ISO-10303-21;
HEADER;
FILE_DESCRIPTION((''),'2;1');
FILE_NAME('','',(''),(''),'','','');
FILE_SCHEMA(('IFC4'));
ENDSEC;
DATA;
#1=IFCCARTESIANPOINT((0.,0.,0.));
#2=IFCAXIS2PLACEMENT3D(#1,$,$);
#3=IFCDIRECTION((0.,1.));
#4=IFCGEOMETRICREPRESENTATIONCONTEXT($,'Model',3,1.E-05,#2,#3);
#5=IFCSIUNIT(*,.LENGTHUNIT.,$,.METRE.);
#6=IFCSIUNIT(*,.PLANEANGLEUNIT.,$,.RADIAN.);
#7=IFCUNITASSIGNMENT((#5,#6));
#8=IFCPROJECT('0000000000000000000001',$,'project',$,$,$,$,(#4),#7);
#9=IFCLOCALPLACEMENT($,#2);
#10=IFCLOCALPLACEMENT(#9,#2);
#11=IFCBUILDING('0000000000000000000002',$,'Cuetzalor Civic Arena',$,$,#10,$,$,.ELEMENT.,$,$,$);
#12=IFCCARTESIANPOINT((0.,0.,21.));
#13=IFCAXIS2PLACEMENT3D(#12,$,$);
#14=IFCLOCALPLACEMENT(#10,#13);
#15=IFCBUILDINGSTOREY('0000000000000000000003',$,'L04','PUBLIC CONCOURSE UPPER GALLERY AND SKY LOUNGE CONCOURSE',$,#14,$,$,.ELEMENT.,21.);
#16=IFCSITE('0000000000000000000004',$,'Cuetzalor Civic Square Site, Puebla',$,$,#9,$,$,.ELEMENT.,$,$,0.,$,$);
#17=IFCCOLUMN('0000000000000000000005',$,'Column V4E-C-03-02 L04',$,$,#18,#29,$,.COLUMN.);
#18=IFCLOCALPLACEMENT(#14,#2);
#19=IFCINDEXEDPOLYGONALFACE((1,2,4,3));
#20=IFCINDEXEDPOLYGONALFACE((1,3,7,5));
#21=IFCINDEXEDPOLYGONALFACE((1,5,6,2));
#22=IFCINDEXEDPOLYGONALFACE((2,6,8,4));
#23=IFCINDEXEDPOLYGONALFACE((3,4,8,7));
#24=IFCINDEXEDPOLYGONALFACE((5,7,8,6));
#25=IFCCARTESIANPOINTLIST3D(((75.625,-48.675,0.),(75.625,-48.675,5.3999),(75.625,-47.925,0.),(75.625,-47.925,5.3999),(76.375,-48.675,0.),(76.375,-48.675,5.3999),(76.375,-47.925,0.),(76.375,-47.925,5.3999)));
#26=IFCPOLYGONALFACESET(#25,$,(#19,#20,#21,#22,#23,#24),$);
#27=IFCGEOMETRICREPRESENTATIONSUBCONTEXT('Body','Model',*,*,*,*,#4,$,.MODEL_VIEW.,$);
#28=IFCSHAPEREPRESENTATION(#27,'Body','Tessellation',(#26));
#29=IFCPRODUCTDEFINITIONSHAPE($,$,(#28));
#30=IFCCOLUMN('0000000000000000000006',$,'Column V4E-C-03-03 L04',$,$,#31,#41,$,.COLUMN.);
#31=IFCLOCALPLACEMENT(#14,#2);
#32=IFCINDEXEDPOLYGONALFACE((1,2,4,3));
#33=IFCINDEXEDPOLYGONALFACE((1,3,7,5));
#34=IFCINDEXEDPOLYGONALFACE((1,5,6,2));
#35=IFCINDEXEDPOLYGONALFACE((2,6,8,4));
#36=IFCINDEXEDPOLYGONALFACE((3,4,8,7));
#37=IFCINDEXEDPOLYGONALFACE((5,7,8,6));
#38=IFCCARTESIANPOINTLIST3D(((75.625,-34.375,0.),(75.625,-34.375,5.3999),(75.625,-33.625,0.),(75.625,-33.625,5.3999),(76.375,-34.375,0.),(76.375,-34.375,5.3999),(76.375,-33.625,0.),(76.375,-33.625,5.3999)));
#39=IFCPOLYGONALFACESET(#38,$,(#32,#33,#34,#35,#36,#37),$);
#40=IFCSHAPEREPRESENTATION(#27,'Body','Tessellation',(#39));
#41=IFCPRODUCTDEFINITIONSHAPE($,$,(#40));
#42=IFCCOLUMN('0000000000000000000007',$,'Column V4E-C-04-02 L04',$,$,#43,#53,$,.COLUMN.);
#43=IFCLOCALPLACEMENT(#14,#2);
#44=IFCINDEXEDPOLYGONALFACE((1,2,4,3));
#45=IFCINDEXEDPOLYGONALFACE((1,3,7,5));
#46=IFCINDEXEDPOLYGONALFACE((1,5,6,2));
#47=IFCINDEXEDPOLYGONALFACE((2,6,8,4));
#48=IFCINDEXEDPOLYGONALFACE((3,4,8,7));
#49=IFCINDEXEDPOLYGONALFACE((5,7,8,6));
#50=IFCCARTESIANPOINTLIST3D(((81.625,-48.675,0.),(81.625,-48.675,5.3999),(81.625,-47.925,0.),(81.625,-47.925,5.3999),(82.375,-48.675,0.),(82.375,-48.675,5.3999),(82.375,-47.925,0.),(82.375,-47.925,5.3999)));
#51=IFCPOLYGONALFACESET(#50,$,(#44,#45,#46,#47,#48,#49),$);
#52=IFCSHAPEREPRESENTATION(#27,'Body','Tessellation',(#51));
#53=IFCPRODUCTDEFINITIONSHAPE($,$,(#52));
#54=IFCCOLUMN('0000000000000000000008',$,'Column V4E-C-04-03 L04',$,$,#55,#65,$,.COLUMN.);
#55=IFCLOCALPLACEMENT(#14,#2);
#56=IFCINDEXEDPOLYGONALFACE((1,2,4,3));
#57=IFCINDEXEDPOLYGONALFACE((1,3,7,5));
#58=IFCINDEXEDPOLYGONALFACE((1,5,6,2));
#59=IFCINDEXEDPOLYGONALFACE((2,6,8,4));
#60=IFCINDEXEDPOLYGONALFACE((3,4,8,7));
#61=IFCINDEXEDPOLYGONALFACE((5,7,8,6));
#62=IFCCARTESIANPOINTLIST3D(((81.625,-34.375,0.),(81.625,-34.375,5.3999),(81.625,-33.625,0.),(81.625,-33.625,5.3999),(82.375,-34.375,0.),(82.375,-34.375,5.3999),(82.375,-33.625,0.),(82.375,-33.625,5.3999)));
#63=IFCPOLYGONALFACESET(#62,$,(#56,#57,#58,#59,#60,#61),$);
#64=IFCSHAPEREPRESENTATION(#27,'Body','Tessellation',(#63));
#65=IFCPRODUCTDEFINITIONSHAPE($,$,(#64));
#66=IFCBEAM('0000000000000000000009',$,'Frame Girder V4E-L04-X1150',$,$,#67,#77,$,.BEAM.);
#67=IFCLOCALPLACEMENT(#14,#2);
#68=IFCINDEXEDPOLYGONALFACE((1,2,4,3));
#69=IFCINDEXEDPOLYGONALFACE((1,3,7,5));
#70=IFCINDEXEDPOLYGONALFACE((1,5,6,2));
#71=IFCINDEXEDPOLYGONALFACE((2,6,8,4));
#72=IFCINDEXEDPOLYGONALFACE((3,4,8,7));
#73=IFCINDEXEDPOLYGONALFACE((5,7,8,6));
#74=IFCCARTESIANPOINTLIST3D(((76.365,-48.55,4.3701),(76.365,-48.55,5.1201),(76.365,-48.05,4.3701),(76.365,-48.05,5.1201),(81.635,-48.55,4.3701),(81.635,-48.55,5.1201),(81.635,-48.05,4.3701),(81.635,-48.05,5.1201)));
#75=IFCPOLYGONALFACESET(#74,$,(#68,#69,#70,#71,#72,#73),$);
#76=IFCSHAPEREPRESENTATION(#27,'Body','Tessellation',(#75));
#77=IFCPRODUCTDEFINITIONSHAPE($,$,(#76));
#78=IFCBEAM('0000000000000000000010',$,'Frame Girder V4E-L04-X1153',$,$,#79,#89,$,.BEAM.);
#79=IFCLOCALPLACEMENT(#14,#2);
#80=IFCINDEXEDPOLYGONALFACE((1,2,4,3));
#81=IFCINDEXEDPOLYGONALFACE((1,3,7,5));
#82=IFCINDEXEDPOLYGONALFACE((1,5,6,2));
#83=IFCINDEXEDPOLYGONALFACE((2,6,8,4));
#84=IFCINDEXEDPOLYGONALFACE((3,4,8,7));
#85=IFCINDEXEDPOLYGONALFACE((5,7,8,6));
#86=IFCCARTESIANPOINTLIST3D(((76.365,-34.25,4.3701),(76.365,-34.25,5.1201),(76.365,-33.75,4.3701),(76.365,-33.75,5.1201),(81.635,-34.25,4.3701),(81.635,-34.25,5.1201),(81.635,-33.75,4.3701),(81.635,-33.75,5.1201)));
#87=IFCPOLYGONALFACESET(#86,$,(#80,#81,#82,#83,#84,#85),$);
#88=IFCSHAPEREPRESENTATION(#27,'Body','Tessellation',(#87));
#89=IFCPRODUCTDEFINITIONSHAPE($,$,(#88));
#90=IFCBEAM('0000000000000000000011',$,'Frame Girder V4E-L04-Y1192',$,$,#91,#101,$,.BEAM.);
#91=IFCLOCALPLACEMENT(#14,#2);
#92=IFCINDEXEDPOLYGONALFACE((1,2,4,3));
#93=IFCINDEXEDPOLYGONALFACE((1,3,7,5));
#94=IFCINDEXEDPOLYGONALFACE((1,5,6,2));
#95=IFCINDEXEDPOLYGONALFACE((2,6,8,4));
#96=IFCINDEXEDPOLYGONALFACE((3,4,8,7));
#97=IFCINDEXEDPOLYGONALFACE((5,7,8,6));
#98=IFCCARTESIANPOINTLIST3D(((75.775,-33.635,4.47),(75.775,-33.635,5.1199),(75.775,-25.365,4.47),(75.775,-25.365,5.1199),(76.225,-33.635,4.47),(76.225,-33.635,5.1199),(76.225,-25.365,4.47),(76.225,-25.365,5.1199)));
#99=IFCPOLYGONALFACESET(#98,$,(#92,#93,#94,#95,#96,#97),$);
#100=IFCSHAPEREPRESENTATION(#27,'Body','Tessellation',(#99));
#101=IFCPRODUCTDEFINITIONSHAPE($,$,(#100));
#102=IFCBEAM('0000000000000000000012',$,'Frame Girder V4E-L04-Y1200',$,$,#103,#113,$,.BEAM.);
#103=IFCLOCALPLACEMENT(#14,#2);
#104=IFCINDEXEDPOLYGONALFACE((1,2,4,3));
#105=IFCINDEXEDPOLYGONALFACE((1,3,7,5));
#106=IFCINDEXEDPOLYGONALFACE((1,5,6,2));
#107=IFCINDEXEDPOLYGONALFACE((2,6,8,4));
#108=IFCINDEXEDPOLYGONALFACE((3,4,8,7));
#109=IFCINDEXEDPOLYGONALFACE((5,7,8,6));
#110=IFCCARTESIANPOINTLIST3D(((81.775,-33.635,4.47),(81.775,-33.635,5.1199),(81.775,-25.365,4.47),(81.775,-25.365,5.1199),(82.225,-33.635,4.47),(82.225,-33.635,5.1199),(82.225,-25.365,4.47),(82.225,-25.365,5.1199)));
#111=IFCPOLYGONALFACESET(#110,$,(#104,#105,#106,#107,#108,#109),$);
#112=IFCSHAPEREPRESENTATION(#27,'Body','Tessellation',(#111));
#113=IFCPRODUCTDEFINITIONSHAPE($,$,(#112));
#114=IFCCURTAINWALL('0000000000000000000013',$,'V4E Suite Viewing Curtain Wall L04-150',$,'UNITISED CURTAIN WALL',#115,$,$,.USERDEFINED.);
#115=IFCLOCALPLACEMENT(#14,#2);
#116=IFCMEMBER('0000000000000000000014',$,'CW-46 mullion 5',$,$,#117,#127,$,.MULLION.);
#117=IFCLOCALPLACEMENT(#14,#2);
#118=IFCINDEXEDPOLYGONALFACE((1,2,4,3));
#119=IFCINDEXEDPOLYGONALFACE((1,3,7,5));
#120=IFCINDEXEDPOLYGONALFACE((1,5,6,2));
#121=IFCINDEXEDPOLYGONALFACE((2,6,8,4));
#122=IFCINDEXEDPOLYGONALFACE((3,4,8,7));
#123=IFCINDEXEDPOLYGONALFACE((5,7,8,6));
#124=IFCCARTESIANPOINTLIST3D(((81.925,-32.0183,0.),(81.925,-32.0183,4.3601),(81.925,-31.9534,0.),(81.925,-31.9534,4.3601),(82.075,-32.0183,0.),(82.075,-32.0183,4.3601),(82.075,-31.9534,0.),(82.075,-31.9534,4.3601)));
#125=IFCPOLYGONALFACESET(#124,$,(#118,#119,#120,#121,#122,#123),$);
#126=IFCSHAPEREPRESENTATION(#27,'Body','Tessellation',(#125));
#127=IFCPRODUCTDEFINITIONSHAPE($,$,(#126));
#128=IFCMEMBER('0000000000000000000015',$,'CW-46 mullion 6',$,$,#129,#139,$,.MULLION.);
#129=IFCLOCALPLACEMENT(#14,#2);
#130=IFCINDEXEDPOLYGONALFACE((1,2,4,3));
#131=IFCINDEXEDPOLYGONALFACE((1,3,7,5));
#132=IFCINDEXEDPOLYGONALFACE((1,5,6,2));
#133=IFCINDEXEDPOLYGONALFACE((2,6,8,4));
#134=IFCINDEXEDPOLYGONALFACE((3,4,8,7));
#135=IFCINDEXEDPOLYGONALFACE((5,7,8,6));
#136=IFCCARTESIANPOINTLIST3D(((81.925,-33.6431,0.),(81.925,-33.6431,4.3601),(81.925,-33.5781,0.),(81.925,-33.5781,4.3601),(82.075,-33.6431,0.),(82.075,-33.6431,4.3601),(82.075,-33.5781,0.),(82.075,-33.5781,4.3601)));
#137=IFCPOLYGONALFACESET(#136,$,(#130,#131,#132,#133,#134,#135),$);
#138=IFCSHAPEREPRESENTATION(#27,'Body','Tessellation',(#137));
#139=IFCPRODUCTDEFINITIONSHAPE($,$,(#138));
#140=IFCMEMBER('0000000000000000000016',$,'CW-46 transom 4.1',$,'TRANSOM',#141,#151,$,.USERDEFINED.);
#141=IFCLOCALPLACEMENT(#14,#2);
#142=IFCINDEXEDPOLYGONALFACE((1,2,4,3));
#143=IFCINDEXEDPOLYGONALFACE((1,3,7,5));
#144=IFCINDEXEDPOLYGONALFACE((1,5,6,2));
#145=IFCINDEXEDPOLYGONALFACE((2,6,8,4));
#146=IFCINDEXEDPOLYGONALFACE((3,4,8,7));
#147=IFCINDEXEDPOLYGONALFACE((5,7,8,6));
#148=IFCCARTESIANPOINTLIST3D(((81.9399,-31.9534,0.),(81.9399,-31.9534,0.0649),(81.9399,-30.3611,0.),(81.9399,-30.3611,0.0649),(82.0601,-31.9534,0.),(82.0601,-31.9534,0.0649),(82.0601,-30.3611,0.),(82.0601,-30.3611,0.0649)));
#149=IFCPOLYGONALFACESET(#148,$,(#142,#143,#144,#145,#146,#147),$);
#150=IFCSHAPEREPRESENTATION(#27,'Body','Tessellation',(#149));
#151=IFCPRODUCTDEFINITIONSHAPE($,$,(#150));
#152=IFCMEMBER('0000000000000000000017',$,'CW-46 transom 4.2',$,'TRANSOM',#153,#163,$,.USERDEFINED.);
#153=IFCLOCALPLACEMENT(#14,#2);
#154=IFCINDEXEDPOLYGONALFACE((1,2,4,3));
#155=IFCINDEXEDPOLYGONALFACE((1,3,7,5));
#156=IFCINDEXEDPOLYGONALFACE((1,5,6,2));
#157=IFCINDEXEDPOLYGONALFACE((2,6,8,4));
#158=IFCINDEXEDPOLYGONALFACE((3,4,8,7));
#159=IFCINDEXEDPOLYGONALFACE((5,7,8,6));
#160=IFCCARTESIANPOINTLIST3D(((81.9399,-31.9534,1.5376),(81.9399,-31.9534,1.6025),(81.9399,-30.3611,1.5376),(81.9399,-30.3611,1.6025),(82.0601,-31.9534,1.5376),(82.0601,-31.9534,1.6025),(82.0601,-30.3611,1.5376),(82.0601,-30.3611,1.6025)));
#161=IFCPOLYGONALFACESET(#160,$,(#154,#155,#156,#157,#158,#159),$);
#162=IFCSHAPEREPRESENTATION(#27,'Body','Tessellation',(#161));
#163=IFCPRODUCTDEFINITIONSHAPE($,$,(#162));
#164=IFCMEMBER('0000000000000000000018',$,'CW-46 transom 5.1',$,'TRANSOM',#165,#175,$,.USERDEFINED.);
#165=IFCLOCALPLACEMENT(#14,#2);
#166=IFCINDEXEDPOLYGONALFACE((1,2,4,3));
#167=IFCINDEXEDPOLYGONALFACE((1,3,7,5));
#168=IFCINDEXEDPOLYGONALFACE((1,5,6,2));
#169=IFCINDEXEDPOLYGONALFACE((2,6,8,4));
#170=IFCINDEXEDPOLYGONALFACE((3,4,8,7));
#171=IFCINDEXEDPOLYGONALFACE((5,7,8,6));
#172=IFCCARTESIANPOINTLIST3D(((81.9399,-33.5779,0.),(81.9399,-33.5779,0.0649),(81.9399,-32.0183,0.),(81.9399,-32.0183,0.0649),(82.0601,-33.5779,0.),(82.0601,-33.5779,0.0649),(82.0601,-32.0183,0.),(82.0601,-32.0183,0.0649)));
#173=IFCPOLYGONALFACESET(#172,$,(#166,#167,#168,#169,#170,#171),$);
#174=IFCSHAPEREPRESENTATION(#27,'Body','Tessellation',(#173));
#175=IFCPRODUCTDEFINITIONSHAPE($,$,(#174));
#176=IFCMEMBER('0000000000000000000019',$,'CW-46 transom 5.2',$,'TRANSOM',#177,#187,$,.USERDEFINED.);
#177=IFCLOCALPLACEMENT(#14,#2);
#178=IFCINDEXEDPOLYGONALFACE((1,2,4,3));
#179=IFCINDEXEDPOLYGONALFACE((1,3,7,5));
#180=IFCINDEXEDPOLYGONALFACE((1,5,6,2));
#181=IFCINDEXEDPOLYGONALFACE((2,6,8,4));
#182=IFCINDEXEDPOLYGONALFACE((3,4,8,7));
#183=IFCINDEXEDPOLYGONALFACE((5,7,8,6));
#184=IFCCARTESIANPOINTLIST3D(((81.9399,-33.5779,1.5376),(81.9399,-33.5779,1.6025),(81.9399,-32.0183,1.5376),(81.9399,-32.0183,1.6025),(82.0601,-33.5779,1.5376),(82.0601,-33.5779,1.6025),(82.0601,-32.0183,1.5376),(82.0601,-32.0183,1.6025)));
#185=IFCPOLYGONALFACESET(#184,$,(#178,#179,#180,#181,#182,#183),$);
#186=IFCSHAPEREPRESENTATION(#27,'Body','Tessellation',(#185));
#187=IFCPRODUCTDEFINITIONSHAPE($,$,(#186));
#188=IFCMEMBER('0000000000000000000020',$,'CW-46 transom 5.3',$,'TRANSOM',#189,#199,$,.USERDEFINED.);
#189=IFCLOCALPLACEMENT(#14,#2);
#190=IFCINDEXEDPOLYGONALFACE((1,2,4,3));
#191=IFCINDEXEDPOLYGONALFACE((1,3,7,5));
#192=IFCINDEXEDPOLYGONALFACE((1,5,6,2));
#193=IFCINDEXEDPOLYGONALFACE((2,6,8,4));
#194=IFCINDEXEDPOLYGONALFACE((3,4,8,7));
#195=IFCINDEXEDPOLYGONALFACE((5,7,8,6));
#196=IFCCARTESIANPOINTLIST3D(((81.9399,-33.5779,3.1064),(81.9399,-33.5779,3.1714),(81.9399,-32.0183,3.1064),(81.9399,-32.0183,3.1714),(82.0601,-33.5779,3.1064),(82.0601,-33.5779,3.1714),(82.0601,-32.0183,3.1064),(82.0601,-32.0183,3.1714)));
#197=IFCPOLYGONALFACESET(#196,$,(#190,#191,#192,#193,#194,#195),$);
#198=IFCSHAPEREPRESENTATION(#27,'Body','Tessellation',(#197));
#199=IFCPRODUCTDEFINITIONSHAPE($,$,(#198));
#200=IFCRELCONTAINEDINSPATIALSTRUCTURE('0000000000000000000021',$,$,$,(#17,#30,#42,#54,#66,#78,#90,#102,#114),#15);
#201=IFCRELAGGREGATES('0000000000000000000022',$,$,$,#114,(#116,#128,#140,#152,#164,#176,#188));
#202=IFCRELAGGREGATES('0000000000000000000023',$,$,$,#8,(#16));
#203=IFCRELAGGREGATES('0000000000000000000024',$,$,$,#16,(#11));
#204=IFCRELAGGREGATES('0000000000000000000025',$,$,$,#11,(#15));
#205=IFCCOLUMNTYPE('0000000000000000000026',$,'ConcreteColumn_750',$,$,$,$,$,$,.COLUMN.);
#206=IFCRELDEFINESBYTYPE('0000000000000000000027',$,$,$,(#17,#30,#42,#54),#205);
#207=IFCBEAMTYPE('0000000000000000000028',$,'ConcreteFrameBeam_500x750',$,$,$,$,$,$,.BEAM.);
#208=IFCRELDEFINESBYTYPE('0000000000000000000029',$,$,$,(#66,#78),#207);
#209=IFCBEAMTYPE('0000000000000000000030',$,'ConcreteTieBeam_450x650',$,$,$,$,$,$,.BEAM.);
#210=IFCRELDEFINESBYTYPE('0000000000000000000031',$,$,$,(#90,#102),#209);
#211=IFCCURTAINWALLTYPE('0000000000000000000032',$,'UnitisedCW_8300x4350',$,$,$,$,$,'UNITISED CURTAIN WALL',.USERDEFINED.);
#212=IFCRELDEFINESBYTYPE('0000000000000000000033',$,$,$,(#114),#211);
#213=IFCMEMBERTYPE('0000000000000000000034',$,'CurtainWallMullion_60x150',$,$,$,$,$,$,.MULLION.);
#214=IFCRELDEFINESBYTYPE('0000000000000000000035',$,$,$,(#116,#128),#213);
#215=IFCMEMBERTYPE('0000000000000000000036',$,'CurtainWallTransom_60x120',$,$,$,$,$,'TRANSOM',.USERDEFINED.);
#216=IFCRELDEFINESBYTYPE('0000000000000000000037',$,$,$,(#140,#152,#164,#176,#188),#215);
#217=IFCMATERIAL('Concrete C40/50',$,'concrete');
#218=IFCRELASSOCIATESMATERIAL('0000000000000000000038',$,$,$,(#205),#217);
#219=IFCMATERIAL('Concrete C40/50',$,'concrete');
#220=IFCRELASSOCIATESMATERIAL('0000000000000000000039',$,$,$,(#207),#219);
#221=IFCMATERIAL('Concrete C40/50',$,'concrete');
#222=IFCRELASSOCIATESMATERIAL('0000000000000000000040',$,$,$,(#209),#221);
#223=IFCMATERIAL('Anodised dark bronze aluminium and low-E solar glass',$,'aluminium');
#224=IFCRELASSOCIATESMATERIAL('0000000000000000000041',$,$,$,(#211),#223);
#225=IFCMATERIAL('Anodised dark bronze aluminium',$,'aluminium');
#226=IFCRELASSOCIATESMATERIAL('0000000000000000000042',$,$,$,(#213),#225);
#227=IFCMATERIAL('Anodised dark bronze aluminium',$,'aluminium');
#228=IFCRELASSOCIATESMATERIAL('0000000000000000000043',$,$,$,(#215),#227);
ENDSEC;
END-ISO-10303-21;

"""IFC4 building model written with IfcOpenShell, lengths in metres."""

from ifc_helpers import new_model, si_unit, direction, frame, origin, origin_2d, place, context, subcontext, project, spatial, rectangle, extrude, material, material_profile, profile_set, type_object, element, aggregate, save


model = new_model("IFC4")

# Units and contexts
model_context = context("Model", 3, precision=1e-05, world=origin(), true_north=direction((0.0, 1.0)))
body_context = subcontext(model_context, "Body", "Model", "MODEL_VIEW")
ifc_project = project(units=[si_unit("LENGTHUNIT", "METRE"), si_unit("PLANEANGLEUNIT", "RADIAN")], contexts=[model_context])

# Site, building, storey
site_placement = place(None, origin())
site = spatial("IfcSite", under=ifc_project, at=site_placement, Name="Cuetzalor Civic Square Site, Puebla", CompositionType="ELEMENT", RefElevation=0.0)
building_placement = place(site_placement, origin())
building = spatial("IfcBuilding", under=site, at=building_placement, Name="Cuetzalor Civic Arena", CompositionType="ELEMENT")
storey_placement = place(building_placement, frame((0.0, 0.0, 21.0)))
storey = spatial("IfcBuildingStorey", under=building, at=storey_placement, Name="L04", Description="PUBLIC CONCOURSE UPPER GALLERY AND SKY LOUNGE CONCOURSE", CompositionType="ELEMENT", Elevation=21.0)

# Columns
ifc_material_1 = material(Name="Concrete C40/50", Category="concrete")
ifc_material_profile_1 = material_profile(ifc_material_1, rectangle(XDim=0.75, YDim=0.75, at=origin_2d()), Name="RC 750x750")
ifc_profile_set_1 = profile_set([ifc_material_profile_1], Name="Concrete C40/50")
column_type = type_object("IfcColumnType", Name="ConcreteColumn_750", PredefinedType="COLUMN", material=ifc_profile_set_1)
for number, where, z_axis, x_axis, name in (
    (1, (76.0, -48.3, 0.0), (0.0, 0.0, 1.0), (1.0, 0.0, 0.0), "Column V4E-C-03-02 L04"),
    (2, (76.0, -34.0, 0.0), (0.0, 0.0, 1.0), (1.0, 0.0, 0.0), "Column V4E-C-03-03 L04"),
    (3, (82.0, -48.3, 0.0), (0.0, 0.0, 1.0), (1.0, 0.0, 0.0), "Column V4E-C-04-02 L04"),
    (4, (82.0, -34.0, 0.0), (0.0, 0.0, 1.0), (1.0, 0.0, 0.0), "Column V4E-C-04-03 L04"),
):
    element("IfcColumn", number, at=place(storey_placement, frame(where, z_axis=z_axis, x_axis=x_axis)), inside=storey, type_object=column_type, Name=name, PredefinedType="COLUMN", context=body_context, shape_type="SweptSolid", body=[
        extrude(rectangle(XDim=0.75, YDim=0.75, at=origin_2d()), origin(), (0.0, 0.0, 1.0), 5.3999),
    ])

# Beams
ifc_material_2 = material(Name="Concrete C40/50", Category="concrete")
ifc_material_profile_2 = material_profile(ifc_material_2, rectangle(XDim=0.5, YDim=0.75, at=origin_2d()), Name="RC 500x750")
ifc_profile_set_2 = profile_set([ifc_material_profile_2], Name="Concrete C40/50")
beam_type_1 = type_object("IfcBeamType", Name="ConcreteFrameBeam_500x750", PredefinedType="BEAM", material=ifc_profile_set_2)
for number, where, z_axis, x_axis, name in (
    (5, (76.365, -48.3, 4.7451), (1.0, 0.0, 0.0), (0.0, 1.0, 0.0), "Frame Girder V4E-L04-X1150"),
    (6, (76.365, -34.0, 4.7451), (1.0, 0.0, 0.0), (0.0, 1.0, 0.0), "Frame Girder V4E-L04-X1153"),
):
    element("IfcBeam", number, at=place(storey_placement, frame(where, z_axis=z_axis, x_axis=x_axis)), inside=storey, type_object=beam_type_1, Name=name, PredefinedType="BEAM", context=body_context, shape_type="SweptSolid", body=[
        extrude(rectangle(XDim=0.5, YDim=0.75, at=origin_2d()), origin(), (0.0, 0.0, 1.0), 5.27),
    ])
ifc_material_3 = material(Name="Concrete C40/50", Category="concrete")
ifc_material_profile_3 = material_profile(ifc_material_3, rectangle(XDim=0.45, YDim=0.6499, at=origin_2d()), Name="RC 450x650")
ifc_profile_set_3 = profile_set([ifc_material_profile_3], Name="Concrete C40/50")
beam_type_2 = type_object("IfcBeamType", Name="ConcreteTieBeam_450x650", PredefinedType="BEAM", material=ifc_profile_set_3)
for number, where, z_axis, x_axis, name in (
    (7, (76.0, -33.635, 4.7949), (0.0, 1.0, 0.0), (-1.0, 0.0, 0.0), "Frame Girder V4E-L04-Y1192"),
    (8, (82.0, -33.635, 4.7949), (0.0, 1.0, 0.0), (-1.0, 0.0, 0.0), "Frame Girder V4E-L04-Y1200"),
):
    element("IfcBeam", number, at=place(storey_placement, frame(where, z_axis=z_axis, x_axis=x_axis)), inside=storey, type_object=beam_type_2, Name=name, PredefinedType="BEAM", context=body_context, shape_type="SweptSolid", body=[
        extrude(rectangle(XDim=0.45, YDim=0.6499, at=origin_2d()), origin(), (0.0, 0.0, 1.0), 8.27),
    ])

# Curtain wall, members
ifc_material_4 = material(Name="Anodised dark bronze aluminium and low-E solar glass", Category="aluminium")
curtain_wall_type = type_object("IfcCurtainWallType", Name="UnitisedCW_8300x4350", ElementType="UNITISED CURTAIN WALL", PredefinedType="USERDEFINED", material=ifc_material_4)
curtain_wall_placement = place(storey_placement, origin())
curtain_wall = element("IfcCurtainWall", 9, at=curtain_wall_placement, inside=storey, type_object=curtain_wall_type, Name="V4E Suite Viewing Curtain Wall L04-150", ObjectType="UNITISED CURTAIN WALL", PredefinedType="USERDEFINED")
ifc_material_5 = material(Name="Anodised dark bronze aluminium", Category="aluminium")
ifc_material_profile_4 = material_profile(ifc_material_5, rectangle(XDim=0.0649, YDim=0.1499, at=origin_2d()), Name="ALU MULLION 65x150")
ifc_profile_set_4 = profile_set([ifc_material_profile_4], Name="Anodised dark bronze aluminium")
member_type_1 = type_object("IfcMemberType", Name="CurtainWallMullion_60x150", PredefinedType="MULLION", material=ifc_profile_set_4)
member_1_placement = place(storey_placement, frame((82.0, -31.9858, 0.0), z_axis=(0.0, 0.0, 1.0), x_axis=(0.0, -1.0, 0.0)))
member_1 = element("IfcMember", 10, at=member_1_placement, type_object=member_type_1, Name="CW-46 mullion 5", PredefinedType="MULLION", context=body_context, shape_type="SweptSolid", body=[
    extrude(rectangle(XDim=0.0649, YDim=0.1499, at=origin_2d()), origin(), (0.0, 0.0, 1.0), 4.3601),
])
member_2_placement = place(storey_placement, frame((82.0, -33.6106, 0.0), z_axis=(0.0, 0.0, 1.0), x_axis=(0.0, -1.0, 0.0)))
member_2 = element("IfcMember", 11, at=member_2_placement, type_object=member_type_1, Name="CW-46 mullion 6", PredefinedType="MULLION", context=body_context, shape_type="SweptSolid", body=[
    extrude(rectangle(XDim=0.0649, YDim=0.1499, at=origin_2d()), origin(), (0.0, 0.0, 1.0), 4.3601),
])
ifc_material_6 = material(Name="Anodised dark bronze aluminium", Category="aluminium")
ifc_material_profile_5 = material_profile(ifc_material_6, rectangle(XDim=0.1201, YDim=0.0649, at=origin_2d()), Name="ALU TRANSOM 65x120")
ifc_profile_set_5 = profile_set([ifc_material_profile_5], Name="Anodised dark bronze aluminium")
member_type_2 = type_object("IfcMemberType", Name="CurtainWallTransom_60x120", ElementType="TRANSOM", PredefinedType="USERDEFINED", material=ifc_profile_set_5)
member_3_placement = place(storey_placement, frame((82.0, -30.3611, 0.0325), z_axis=(0.0, -1.0, 0.0), x_axis=(1.0, 0.0, 0.0)))
member_3 = element("IfcMember", 12, at=member_3_placement, type_object=member_type_2, Name="CW-46 transom 4.1", ObjectType="TRANSOM", PredefinedType="USERDEFINED", context=body_context, shape_type="SweptSolid", body=[
    extrude(rectangle(XDim=0.1201, YDim=0.0649, at=origin_2d()), origin(), (0.0, 0.0, 1.0), 1.5923),
])
member_4_placement = place(storey_placement, frame((82.0, -30.3611, 1.5701), z_axis=(0.0, -1.0, 0.0), x_axis=(1.0, 0.0, 0.0)))
member_4 = element("IfcMember", 13, at=member_4_placement, type_object=member_type_2, Name="CW-46 transom 4.2", ObjectType="TRANSOM", PredefinedType="USERDEFINED", context=body_context, shape_type="SweptSolid", body=[
    extrude(rectangle(XDim=0.1201, YDim=0.0649, at=origin_2d()), origin(), (0.0, 0.0, 1.0), 1.5923),
])
member_5_placement = place(storey_placement, frame((82.0, -32.0183, 0.0325), z_axis=(0.0, -1.0, 0.0), x_axis=(1.0, 0.0, 0.0)))
member_5 = element("IfcMember", 14, at=member_5_placement, type_object=member_type_2, Name="CW-46 transom 5.1", ObjectType="TRANSOM", PredefinedType="USERDEFINED", context=body_context, shape_type="SweptSolid", body=[
    extrude(rectangle(XDim=0.1201, YDim=0.0649, at=origin_2d()), origin(), (0.0, 0.0, 1.0), 1.5596),
])
member_6_placement = place(storey_placement, frame((82.0, -32.0183, 1.5701), z_axis=(0.0, -1.0, 0.0), x_axis=(1.0, 0.0, 0.0)))
member_6 = element("IfcMember", 15, at=member_6_placement, type_object=member_type_2, Name="CW-46 transom 5.2", ObjectType="TRANSOM", PredefinedType="USERDEFINED", context=body_context, shape_type="SweptSolid", body=[
    extrude(rectangle(XDim=0.1201, YDim=0.0649, at=origin_2d()), origin(), (0.0, 0.0, 1.0), 1.5596),
])
member_7_placement = place(storey_placement, frame((82.0, -32.0183, 3.1389), z_axis=(0.0, -1.0, 0.0), x_axis=(1.0, 0.0, 0.0)))
member_7 = element("IfcMember", 16, at=member_7_placement, type_object=member_type_2, Name="CW-46 transom 5.3", ObjectType="TRANSOM", PredefinedType="USERDEFINED", context=body_context, shape_type="SweptSolid", body=[
    extrude(rectangle(XDim=0.1201, YDim=0.0649, at=origin_2d()), origin(), (0.0, 0.0, 1.0), 1.5596),
])

aggregate(curtain_wall, [member_1, member_2, member_3, member_4, member_5, member_6, member_7])

save(model, "model.ifc")
